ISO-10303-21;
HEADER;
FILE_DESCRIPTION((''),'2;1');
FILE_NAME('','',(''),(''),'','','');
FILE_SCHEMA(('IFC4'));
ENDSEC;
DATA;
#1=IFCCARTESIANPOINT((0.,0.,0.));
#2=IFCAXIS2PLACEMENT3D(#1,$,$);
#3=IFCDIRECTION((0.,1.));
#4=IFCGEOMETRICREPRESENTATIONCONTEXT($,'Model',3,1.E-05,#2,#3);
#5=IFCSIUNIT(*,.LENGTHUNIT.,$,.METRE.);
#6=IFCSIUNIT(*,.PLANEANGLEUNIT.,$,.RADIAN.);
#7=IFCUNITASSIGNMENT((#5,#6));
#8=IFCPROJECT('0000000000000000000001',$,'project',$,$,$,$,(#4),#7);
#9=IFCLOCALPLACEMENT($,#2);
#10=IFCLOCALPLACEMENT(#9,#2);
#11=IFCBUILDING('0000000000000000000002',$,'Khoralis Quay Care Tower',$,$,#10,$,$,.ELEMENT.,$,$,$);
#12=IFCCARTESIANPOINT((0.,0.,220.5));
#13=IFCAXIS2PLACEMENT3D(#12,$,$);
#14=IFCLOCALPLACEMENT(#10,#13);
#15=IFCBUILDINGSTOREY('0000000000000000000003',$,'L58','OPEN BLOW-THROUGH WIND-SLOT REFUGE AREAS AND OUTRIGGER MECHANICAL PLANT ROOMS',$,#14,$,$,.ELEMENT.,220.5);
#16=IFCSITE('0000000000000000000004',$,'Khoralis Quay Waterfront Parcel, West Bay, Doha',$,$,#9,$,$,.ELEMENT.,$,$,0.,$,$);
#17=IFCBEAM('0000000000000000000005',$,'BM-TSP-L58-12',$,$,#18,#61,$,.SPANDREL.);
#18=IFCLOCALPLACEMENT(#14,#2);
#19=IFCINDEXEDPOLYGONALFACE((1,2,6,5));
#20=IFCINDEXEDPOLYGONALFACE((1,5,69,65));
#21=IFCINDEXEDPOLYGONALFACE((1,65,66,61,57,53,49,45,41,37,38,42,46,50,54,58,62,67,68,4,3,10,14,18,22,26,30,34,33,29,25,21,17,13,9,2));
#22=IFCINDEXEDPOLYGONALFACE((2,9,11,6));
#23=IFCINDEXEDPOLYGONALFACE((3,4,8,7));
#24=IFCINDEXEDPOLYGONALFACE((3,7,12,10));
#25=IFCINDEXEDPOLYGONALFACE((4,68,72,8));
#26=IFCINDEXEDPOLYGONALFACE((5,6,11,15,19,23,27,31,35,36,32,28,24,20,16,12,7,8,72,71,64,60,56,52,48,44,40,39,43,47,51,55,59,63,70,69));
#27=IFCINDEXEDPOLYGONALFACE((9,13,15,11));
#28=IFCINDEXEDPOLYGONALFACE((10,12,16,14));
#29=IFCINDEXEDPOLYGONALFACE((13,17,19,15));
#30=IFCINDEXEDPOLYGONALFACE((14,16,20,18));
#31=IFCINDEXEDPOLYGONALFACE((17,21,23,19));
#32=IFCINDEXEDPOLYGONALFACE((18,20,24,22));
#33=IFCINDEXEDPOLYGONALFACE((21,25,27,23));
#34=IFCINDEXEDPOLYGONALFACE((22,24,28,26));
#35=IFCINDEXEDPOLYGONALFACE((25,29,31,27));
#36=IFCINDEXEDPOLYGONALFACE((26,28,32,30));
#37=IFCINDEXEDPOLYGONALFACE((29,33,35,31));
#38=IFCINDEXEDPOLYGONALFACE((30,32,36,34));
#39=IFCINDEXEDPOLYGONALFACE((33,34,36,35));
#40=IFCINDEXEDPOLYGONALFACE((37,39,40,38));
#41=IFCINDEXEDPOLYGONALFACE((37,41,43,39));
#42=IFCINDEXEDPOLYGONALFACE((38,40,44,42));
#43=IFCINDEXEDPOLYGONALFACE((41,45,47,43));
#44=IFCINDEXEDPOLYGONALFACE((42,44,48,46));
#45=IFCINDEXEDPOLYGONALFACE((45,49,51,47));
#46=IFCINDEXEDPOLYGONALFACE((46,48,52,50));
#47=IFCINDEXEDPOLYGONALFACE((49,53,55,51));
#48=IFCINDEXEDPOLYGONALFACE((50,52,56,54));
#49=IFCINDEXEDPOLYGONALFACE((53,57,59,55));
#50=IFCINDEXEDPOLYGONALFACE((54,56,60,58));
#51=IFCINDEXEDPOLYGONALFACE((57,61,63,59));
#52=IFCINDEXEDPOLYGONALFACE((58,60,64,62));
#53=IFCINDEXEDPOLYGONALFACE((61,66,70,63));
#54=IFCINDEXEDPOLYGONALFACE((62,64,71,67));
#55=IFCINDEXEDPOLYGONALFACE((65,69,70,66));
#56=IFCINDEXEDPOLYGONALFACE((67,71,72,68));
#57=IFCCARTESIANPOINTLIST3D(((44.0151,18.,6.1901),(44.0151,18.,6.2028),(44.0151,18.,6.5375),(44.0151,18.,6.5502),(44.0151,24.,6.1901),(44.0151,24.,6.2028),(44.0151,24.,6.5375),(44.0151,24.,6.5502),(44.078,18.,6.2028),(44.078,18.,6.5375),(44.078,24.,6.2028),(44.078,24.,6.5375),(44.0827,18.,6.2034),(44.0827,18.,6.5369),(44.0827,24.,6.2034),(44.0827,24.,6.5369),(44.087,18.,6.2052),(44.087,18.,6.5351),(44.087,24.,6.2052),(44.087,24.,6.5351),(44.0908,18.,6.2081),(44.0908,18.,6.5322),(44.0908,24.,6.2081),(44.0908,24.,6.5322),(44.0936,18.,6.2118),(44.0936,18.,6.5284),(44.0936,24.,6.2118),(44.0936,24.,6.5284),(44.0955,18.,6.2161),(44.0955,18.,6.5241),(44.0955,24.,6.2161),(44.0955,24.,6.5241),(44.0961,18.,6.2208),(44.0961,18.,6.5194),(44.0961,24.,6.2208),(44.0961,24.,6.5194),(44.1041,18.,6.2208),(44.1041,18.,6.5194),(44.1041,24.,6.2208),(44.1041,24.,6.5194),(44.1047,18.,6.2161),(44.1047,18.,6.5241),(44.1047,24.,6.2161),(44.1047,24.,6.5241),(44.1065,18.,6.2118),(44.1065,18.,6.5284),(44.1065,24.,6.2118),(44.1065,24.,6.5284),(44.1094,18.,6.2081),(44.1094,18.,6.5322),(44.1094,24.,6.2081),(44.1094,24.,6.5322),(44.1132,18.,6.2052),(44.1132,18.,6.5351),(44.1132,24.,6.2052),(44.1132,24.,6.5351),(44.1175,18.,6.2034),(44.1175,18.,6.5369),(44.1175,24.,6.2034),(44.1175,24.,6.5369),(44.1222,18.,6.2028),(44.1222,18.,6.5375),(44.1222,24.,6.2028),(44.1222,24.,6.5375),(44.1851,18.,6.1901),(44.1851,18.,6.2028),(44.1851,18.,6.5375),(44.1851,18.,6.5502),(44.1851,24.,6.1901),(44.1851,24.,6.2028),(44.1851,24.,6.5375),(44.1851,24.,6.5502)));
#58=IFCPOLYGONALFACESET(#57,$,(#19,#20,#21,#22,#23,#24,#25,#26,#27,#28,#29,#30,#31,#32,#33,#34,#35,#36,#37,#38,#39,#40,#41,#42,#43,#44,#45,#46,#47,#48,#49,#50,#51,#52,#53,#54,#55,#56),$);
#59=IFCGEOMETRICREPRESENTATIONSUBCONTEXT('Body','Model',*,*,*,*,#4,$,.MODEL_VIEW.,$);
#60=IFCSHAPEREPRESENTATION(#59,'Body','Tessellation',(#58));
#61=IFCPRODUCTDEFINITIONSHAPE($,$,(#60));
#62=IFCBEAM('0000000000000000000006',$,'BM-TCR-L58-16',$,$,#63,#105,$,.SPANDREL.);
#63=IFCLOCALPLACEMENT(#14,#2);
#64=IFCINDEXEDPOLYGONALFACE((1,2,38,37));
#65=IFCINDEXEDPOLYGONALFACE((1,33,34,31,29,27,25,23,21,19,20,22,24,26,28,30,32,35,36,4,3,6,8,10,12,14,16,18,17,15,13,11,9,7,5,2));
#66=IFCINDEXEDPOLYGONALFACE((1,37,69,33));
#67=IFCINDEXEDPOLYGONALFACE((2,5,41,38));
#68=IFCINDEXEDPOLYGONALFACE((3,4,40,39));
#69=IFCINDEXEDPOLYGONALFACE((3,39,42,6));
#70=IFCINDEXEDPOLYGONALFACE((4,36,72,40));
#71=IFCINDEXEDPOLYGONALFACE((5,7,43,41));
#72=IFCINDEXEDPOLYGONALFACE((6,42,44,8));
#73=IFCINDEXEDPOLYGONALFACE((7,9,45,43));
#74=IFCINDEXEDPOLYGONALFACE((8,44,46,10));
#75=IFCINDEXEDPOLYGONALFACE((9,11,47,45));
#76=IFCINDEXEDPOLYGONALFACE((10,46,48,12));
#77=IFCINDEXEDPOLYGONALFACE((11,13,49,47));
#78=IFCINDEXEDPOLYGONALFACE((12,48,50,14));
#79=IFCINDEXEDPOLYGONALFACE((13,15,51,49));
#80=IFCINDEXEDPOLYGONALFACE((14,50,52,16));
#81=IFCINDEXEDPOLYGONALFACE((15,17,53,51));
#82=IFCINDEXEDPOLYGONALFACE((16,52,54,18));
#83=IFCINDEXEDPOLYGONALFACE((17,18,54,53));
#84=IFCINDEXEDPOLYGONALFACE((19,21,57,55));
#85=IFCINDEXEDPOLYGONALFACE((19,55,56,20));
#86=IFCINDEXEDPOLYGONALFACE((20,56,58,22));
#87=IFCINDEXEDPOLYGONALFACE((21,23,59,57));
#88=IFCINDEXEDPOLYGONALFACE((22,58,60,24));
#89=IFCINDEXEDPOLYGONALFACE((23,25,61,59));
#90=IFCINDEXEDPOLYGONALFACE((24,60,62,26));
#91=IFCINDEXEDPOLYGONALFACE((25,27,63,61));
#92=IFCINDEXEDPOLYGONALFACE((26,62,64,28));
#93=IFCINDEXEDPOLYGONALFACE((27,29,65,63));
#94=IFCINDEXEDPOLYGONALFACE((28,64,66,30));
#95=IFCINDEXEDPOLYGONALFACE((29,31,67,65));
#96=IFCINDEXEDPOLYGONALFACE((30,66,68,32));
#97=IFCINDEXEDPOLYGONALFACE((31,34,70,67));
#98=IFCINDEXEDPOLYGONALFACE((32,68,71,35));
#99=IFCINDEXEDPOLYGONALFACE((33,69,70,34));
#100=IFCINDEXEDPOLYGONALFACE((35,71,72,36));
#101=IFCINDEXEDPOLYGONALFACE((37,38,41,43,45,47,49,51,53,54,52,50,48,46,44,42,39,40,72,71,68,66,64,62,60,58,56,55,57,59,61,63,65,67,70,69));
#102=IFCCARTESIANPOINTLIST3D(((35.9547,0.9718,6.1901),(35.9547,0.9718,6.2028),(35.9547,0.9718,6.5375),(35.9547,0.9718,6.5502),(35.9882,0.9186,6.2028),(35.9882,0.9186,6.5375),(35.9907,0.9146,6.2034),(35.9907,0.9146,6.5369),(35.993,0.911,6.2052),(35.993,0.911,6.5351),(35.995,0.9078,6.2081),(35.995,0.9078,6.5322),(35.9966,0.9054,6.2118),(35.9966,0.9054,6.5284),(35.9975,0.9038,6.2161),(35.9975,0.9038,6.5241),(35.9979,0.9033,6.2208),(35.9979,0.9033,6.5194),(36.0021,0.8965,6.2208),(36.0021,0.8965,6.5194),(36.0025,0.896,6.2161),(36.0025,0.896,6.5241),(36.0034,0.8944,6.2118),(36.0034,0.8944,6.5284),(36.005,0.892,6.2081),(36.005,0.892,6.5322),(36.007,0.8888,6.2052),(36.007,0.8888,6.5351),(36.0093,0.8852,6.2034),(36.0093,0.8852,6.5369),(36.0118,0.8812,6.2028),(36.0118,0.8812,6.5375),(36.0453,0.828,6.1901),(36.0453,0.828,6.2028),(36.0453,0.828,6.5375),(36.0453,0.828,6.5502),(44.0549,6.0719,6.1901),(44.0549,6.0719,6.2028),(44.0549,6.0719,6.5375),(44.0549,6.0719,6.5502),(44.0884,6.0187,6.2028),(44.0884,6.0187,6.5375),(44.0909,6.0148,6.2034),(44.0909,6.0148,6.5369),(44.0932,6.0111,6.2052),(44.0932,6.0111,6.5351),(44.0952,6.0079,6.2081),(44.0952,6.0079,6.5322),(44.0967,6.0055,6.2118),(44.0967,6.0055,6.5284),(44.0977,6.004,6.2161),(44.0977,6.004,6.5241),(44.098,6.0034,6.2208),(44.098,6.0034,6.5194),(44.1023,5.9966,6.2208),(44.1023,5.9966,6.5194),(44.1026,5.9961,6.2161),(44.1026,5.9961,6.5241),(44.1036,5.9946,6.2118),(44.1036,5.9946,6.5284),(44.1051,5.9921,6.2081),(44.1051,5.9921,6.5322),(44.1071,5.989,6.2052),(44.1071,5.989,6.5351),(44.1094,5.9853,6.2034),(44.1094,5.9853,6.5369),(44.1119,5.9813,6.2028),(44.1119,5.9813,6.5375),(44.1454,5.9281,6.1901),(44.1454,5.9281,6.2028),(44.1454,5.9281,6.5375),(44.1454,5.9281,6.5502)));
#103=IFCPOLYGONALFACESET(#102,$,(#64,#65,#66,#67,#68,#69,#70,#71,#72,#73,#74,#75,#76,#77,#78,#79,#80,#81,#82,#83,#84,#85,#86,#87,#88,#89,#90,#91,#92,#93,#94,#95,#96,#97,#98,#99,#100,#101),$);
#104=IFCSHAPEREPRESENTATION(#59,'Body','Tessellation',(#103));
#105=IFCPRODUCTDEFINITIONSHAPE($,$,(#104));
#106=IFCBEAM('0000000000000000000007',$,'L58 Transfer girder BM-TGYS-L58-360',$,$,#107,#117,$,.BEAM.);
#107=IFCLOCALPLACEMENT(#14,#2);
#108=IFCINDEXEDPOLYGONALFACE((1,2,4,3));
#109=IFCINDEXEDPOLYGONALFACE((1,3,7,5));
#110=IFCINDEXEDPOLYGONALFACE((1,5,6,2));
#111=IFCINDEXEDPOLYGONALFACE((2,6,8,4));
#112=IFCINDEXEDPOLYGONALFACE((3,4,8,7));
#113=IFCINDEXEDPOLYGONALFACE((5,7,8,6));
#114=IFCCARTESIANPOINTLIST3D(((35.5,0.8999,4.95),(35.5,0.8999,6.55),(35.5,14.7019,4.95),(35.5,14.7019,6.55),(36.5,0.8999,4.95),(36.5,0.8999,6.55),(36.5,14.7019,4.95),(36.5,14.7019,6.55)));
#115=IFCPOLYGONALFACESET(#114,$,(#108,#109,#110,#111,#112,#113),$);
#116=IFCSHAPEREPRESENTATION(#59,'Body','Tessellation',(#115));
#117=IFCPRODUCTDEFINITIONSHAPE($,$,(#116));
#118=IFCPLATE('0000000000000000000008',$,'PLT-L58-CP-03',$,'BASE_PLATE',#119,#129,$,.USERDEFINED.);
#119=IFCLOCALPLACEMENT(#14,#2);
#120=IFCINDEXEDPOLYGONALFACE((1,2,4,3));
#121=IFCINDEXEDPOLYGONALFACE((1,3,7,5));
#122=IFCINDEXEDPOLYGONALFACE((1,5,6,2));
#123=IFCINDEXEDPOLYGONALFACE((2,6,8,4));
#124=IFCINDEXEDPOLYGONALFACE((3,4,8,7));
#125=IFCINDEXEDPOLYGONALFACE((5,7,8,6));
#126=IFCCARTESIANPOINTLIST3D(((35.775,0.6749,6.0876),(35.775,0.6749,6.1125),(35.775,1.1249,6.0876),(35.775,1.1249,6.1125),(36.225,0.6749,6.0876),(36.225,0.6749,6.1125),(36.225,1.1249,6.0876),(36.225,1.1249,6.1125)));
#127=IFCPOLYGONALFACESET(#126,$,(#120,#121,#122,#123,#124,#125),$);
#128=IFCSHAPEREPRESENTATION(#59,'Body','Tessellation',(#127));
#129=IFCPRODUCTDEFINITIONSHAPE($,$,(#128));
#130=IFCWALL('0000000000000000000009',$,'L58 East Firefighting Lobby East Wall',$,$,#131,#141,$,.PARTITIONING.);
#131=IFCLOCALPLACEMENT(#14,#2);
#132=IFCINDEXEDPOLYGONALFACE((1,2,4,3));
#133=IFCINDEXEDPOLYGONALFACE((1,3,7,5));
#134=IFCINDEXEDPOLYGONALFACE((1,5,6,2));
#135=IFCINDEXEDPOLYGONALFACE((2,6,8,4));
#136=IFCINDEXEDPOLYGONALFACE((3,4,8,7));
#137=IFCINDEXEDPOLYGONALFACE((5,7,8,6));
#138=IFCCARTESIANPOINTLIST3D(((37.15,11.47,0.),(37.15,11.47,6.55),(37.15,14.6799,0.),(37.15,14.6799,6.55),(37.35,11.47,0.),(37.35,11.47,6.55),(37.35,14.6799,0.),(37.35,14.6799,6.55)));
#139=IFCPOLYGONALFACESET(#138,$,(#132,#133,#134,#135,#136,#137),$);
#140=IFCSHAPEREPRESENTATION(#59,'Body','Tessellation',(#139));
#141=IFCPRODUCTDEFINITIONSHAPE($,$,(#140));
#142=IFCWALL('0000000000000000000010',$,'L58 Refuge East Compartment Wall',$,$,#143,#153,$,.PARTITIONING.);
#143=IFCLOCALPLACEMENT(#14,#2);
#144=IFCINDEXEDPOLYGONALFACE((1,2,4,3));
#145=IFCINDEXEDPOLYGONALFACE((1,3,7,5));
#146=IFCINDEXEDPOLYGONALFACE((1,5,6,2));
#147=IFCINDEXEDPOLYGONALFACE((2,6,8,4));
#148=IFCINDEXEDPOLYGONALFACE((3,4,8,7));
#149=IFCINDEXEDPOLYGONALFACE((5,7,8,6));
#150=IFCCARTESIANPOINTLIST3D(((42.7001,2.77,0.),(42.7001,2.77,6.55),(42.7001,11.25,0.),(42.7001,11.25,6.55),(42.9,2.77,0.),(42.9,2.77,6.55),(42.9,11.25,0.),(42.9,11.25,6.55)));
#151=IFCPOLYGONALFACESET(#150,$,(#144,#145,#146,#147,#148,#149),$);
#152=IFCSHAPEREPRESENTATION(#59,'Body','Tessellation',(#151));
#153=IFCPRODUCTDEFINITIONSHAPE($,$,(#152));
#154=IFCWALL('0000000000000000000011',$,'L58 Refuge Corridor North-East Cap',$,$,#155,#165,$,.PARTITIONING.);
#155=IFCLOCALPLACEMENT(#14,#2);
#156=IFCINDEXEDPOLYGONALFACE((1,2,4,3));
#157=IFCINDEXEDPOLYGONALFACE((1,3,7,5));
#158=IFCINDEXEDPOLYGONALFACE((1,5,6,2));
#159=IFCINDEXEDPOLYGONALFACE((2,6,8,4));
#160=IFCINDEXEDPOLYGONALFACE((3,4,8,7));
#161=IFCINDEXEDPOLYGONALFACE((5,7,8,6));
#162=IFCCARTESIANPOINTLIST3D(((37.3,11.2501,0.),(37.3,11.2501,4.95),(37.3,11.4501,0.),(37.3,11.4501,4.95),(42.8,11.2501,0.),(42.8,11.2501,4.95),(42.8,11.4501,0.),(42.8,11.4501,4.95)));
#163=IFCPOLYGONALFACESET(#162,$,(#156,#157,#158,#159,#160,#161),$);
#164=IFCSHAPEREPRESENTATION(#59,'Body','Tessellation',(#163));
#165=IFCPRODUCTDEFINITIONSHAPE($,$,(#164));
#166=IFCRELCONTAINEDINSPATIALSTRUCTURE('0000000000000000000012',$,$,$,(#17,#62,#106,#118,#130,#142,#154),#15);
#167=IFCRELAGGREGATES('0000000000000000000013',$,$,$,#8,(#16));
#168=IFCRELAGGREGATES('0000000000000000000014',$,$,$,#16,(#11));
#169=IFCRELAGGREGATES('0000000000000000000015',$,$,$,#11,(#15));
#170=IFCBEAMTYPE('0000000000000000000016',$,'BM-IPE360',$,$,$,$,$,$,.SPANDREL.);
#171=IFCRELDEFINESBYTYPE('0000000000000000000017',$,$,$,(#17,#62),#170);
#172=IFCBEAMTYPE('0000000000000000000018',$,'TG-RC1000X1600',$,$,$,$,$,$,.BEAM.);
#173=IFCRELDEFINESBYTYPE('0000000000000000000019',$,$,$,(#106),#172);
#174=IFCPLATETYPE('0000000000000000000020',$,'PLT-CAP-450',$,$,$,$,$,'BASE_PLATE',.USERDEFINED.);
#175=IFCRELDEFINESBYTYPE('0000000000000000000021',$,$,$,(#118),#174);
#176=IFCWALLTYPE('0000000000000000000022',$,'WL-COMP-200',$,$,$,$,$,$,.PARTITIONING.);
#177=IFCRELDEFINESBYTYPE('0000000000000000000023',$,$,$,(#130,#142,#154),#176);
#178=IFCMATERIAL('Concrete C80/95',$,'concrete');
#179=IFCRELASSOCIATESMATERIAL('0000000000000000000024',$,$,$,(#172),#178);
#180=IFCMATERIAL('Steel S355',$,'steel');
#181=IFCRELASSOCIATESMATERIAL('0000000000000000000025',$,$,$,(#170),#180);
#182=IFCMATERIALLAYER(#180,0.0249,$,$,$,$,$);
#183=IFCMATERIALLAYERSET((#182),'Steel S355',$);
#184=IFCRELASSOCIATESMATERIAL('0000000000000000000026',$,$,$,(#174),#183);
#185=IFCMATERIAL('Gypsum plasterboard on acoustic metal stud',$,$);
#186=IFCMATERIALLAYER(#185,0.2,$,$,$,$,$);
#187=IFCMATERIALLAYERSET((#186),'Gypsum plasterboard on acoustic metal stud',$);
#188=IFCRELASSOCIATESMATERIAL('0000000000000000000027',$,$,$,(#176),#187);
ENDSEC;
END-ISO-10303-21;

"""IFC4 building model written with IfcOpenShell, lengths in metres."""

from ifc_helpers import new_model, si_unit, direction, frame, frame_2d, origin, origin_2d, place, context, subcontext, project, spatial, rectangle, i_section, extrude, source, transform, mapped, material, layer, layer_set, material_profile, profile_set, type_object, element, save


model = new_model("IFC4")

# Units and contexts
model_context = context("Model", 3, precision=1e-05, world=origin(), true_north=direction((0.0, 1.0)))
body_context = subcontext(model_context, "Body", "Model", "MODEL_VIEW")
ifc_project = project(units=[si_unit("LENGTHUNIT", "METRE"), si_unit("PLANEANGLEUNIT", "RADIAN")], contexts=[model_context])

# Site, building, storey
site_placement = place(None, origin())
site = spatial("IfcSite", under=ifc_project, at=site_placement, Name="Khoralis Quay Waterfront Parcel, West Bay, Doha", CompositionType="ELEMENT", RefElevation=0.0)
building_placement = place(site_placement, origin())
building = spatial("IfcBuilding", under=site, at=building_placement, Name="Khoralis Quay Care Tower", CompositionType="ELEMENT")
storey_placement = place(building_placement, frame((0.0, 0.0, 220.5)))
storey = spatial("IfcBuildingStorey", under=building, at=storey_placement, Name="L58", Description="OPEN BLOW-THROUGH WIND-SLOT REFUGE AREAS AND OUTRIGGER MECHANICAL PLANT ROOMS", CompositionType="ELEMENT", Elevation=220.5)

# Beams
ifc_material_1 = material(Name="Concrete C80/95", Category="concrete")
ifc_material_profile_1 = material_profile(ifc_material_1, rectangle(XDim=1.0, YDim=1.6001, at=origin_2d()), Name="Concrete C80/95")
ifc_profile_set_1 = profile_set([ifc_material_profile_1], Name="Concrete C80/95")
beam_type_1 = type_object("IfcBeamType", Name="TG-RC1000X1600", PredefinedType="BEAM", material=ifc_profile_set_1)
ifc_material_2 = material(Name="Steel S355", Category="steel")
ifc_material_profile_2 = material_profile(ifc_material_2, i_section(OverallWidth=0.1699, OverallDepth=0.3601, WebThickness=0.0081, FlangeThickness=0.0127, FilletRadius=0.0181, at=origin_2d()), Name="Steel S355")
ifc_profile_set_2 = profile_set([ifc_material_profile_2], Name="Steel S355")
beam_type_2 = type_object("IfcBeamType", Name="BM-IPE360", PredefinedType="SPANDREL", material=ifc_profile_set_2)
shared_shape_1 = source(origin(), body_context, "Body", "SweptSolid", [
    extrude(i_section(OverallWidth=0.1699, OverallDepth=0.3601, WebThickness=0.0081, FlangeThickness=0.0127, FilletRadius=0.0181, at=origin_2d()), origin(), (0.0, 0.0, 1.0), 6.0),
])
for number, where, z_axis, x_axis, name in (
    (1, (44.1001, 18.0, 6.3701), (0.0, 1.0, 0.0), (-1.0, 0.0, 0.0), "BM-TSP-L58-12"),
):
    element("IfcBeam", number, at=place(storey_placement, frame(where, z_axis=z_axis, x_axis=x_axis)), inside=storey, type_object=beam_type_2, Name=name, PredefinedType="SPANDREL", context=body_context, shape_type="MappedRepresentation", body=[
        mapped(shared_shape_1, transform((0.0, 0.0, 0.0), scale=1.0)),
    ])
shared_shape_2 = source(origin(), body_context, "Body", "SweptSolid", [
    extrude(i_section(OverallWidth=0.1699, OverallDepth=0.3601, WebThickness=0.0081, FlangeThickness=0.0127, FilletRadius=0.0181, at=origin_2d()), origin(), (0.0, 0.0, 1.0), 9.572),
])
beam_1_placement = place(storey_placement, frame((36.0, 0.8999, 6.3701), z_axis=(0.846231, 0.532816, 0.0), x_axis=(-0.532816, 0.846231, 0.0)))
element("IfcBeam", 2, at=beam_1_placement, inside=storey, type_object=beam_type_2, Name="BM-TCR-L58-16", PredefinedType="SPANDREL", context=body_context, shape_type="MappedRepresentation", body=[
    mapped(shared_shape_2, transform((0.0, 0.0, 0.0), scale=1.0)),
])
shared_shape_3 = source(origin(), body_context, "Body", "SweptSolid", [
    extrude(rectangle(XDim=1.0, YDim=1.6001, at=origin_2d()), origin(), (0.0, 0.0, 1.0), 13.802),
])
beam_2_placement = place(storey_placement, frame((36.0, 0.8999, 5.75), z_axis=(0.0, 1.0, 0.0), x_axis=(-1.0, 0.0, 0.0)))
element("IfcBeam", 3, at=beam_2_placement, inside=storey, type_object=beam_type_1, Name="L58 Transfer girder BM-TGYS-L58-360", PredefinedType="BEAM", context=body_context, shape_type="MappedRepresentation", body=[
    mapped(shared_shape_3, transform((0.0, 0.0, 0.0), scale=1.0)),
])

# Plate
ifc_layer_1 = layer(ifc_material_2, 0.0249)
ifc_layer_set_1 = layer_set([ifc_layer_1], Name="Steel S355")
plate_type = type_object("IfcPlateType", Name="PLT-CAP-450", ElementType="BASE_PLATE", PredefinedType="USERDEFINED", material=ifc_layer_set_1)
shared_shape_4 = source(origin(), body_context, "Body", "SweptSolid", [
    extrude(rectangle(XDim=0.45, YDim=0.45, at=origin_2d()), origin(), (0.0, 0.0, 1.0), 0.0249),
])
plate_placement = place(storey_placement, frame((36.0, 0.8999, 6.0876), z_axis=(0.0, 0.0, 1.0), x_axis=(1.0, 0.0, 0.0)))
element("IfcPlate", 4, at=plate_placement, inside=storey, type_object=plate_type, Name="PLT-L58-CP-03", ObjectType="BASE_PLATE", PredefinedType="USERDEFINED", context=body_context, shape_type="MappedRepresentation", body=[
    mapped(shared_shape_4, transform((0.0, 0.0, 0.0), scale=1.0)),
])

# Walls
ifc_material_3 = material(Name="Gypsum plasterboard on acoustic metal stud")
ifc_layer_2 = layer(ifc_material_3, 0.2)
ifc_layer_set_2 = layer_set([ifc_layer_2], Name="Gypsum plasterboard on acoustic metal stud")
wall_type_1 = type_object("IfcWallType", Name="WL-COMP-200", PredefinedType="PARTITIONING", material=ifc_layer_set_2)
wall_1_placement = place(storey_placement, frame((37.25, 11.47, 0.0), z_axis=(0.0, 0.0, 1.0), x_axis=(0.0, 1.0, 0.0)))
element("IfcWall", 5, at=wall_1_placement, inside=storey, type_object=wall_type_1, Name="L58 East Firefighting Lobby East Wall", PredefinedType="PARTITIONING", context=body_context, shape_type="SweptSolid", body=[
    extrude(rectangle(XDim=3.21, YDim=0.2, at=frame_2d((1.605, 0.0))), origin(), (0.0, 0.0, 1.0), 6.55),
])
wall_2_placement = place(storey_placement, frame((42.8, 2.77, 0.0), z_axis=(0.0, 0.0, 1.0), x_axis=(0.0, 1.0, 0.0)))
element("IfcWall", 6, at=wall_2_placement, inside=storey, type_object=wall_type_1, Name="L58 Refuge East Compartment Wall", PredefinedType="PARTITIONING", context=body_context, shape_type="SweptSolid", body=[
    extrude(rectangle(XDim=8.48, YDim=0.2, at=frame_2d((4.24, 0.0))), origin(), (0.0, 0.0, 1.0), 6.55),
])
wall_3_placement = place(storey_placement, frame((37.3, 11.3501, 0.0), z_axis=(0.0, 0.0, 1.0), x_axis=(1.0, 0.0, 0.0)))
element("IfcWall", 7, at=wall_3_placement, inside=storey, type_object=wall_type_1, Name="L58 Refuge Corridor North-East Cap", PredefinedType="PARTITIONING", context=body_context, shape_type="SweptSolid", body=[
    extrude(rectangle(XDim=5.5, YDim=0.2, at=frame_2d((2.75, 0.0))), origin(), (0.0, 0.0, 1.0), 4.95),
])

save(model, "model.ifc")
